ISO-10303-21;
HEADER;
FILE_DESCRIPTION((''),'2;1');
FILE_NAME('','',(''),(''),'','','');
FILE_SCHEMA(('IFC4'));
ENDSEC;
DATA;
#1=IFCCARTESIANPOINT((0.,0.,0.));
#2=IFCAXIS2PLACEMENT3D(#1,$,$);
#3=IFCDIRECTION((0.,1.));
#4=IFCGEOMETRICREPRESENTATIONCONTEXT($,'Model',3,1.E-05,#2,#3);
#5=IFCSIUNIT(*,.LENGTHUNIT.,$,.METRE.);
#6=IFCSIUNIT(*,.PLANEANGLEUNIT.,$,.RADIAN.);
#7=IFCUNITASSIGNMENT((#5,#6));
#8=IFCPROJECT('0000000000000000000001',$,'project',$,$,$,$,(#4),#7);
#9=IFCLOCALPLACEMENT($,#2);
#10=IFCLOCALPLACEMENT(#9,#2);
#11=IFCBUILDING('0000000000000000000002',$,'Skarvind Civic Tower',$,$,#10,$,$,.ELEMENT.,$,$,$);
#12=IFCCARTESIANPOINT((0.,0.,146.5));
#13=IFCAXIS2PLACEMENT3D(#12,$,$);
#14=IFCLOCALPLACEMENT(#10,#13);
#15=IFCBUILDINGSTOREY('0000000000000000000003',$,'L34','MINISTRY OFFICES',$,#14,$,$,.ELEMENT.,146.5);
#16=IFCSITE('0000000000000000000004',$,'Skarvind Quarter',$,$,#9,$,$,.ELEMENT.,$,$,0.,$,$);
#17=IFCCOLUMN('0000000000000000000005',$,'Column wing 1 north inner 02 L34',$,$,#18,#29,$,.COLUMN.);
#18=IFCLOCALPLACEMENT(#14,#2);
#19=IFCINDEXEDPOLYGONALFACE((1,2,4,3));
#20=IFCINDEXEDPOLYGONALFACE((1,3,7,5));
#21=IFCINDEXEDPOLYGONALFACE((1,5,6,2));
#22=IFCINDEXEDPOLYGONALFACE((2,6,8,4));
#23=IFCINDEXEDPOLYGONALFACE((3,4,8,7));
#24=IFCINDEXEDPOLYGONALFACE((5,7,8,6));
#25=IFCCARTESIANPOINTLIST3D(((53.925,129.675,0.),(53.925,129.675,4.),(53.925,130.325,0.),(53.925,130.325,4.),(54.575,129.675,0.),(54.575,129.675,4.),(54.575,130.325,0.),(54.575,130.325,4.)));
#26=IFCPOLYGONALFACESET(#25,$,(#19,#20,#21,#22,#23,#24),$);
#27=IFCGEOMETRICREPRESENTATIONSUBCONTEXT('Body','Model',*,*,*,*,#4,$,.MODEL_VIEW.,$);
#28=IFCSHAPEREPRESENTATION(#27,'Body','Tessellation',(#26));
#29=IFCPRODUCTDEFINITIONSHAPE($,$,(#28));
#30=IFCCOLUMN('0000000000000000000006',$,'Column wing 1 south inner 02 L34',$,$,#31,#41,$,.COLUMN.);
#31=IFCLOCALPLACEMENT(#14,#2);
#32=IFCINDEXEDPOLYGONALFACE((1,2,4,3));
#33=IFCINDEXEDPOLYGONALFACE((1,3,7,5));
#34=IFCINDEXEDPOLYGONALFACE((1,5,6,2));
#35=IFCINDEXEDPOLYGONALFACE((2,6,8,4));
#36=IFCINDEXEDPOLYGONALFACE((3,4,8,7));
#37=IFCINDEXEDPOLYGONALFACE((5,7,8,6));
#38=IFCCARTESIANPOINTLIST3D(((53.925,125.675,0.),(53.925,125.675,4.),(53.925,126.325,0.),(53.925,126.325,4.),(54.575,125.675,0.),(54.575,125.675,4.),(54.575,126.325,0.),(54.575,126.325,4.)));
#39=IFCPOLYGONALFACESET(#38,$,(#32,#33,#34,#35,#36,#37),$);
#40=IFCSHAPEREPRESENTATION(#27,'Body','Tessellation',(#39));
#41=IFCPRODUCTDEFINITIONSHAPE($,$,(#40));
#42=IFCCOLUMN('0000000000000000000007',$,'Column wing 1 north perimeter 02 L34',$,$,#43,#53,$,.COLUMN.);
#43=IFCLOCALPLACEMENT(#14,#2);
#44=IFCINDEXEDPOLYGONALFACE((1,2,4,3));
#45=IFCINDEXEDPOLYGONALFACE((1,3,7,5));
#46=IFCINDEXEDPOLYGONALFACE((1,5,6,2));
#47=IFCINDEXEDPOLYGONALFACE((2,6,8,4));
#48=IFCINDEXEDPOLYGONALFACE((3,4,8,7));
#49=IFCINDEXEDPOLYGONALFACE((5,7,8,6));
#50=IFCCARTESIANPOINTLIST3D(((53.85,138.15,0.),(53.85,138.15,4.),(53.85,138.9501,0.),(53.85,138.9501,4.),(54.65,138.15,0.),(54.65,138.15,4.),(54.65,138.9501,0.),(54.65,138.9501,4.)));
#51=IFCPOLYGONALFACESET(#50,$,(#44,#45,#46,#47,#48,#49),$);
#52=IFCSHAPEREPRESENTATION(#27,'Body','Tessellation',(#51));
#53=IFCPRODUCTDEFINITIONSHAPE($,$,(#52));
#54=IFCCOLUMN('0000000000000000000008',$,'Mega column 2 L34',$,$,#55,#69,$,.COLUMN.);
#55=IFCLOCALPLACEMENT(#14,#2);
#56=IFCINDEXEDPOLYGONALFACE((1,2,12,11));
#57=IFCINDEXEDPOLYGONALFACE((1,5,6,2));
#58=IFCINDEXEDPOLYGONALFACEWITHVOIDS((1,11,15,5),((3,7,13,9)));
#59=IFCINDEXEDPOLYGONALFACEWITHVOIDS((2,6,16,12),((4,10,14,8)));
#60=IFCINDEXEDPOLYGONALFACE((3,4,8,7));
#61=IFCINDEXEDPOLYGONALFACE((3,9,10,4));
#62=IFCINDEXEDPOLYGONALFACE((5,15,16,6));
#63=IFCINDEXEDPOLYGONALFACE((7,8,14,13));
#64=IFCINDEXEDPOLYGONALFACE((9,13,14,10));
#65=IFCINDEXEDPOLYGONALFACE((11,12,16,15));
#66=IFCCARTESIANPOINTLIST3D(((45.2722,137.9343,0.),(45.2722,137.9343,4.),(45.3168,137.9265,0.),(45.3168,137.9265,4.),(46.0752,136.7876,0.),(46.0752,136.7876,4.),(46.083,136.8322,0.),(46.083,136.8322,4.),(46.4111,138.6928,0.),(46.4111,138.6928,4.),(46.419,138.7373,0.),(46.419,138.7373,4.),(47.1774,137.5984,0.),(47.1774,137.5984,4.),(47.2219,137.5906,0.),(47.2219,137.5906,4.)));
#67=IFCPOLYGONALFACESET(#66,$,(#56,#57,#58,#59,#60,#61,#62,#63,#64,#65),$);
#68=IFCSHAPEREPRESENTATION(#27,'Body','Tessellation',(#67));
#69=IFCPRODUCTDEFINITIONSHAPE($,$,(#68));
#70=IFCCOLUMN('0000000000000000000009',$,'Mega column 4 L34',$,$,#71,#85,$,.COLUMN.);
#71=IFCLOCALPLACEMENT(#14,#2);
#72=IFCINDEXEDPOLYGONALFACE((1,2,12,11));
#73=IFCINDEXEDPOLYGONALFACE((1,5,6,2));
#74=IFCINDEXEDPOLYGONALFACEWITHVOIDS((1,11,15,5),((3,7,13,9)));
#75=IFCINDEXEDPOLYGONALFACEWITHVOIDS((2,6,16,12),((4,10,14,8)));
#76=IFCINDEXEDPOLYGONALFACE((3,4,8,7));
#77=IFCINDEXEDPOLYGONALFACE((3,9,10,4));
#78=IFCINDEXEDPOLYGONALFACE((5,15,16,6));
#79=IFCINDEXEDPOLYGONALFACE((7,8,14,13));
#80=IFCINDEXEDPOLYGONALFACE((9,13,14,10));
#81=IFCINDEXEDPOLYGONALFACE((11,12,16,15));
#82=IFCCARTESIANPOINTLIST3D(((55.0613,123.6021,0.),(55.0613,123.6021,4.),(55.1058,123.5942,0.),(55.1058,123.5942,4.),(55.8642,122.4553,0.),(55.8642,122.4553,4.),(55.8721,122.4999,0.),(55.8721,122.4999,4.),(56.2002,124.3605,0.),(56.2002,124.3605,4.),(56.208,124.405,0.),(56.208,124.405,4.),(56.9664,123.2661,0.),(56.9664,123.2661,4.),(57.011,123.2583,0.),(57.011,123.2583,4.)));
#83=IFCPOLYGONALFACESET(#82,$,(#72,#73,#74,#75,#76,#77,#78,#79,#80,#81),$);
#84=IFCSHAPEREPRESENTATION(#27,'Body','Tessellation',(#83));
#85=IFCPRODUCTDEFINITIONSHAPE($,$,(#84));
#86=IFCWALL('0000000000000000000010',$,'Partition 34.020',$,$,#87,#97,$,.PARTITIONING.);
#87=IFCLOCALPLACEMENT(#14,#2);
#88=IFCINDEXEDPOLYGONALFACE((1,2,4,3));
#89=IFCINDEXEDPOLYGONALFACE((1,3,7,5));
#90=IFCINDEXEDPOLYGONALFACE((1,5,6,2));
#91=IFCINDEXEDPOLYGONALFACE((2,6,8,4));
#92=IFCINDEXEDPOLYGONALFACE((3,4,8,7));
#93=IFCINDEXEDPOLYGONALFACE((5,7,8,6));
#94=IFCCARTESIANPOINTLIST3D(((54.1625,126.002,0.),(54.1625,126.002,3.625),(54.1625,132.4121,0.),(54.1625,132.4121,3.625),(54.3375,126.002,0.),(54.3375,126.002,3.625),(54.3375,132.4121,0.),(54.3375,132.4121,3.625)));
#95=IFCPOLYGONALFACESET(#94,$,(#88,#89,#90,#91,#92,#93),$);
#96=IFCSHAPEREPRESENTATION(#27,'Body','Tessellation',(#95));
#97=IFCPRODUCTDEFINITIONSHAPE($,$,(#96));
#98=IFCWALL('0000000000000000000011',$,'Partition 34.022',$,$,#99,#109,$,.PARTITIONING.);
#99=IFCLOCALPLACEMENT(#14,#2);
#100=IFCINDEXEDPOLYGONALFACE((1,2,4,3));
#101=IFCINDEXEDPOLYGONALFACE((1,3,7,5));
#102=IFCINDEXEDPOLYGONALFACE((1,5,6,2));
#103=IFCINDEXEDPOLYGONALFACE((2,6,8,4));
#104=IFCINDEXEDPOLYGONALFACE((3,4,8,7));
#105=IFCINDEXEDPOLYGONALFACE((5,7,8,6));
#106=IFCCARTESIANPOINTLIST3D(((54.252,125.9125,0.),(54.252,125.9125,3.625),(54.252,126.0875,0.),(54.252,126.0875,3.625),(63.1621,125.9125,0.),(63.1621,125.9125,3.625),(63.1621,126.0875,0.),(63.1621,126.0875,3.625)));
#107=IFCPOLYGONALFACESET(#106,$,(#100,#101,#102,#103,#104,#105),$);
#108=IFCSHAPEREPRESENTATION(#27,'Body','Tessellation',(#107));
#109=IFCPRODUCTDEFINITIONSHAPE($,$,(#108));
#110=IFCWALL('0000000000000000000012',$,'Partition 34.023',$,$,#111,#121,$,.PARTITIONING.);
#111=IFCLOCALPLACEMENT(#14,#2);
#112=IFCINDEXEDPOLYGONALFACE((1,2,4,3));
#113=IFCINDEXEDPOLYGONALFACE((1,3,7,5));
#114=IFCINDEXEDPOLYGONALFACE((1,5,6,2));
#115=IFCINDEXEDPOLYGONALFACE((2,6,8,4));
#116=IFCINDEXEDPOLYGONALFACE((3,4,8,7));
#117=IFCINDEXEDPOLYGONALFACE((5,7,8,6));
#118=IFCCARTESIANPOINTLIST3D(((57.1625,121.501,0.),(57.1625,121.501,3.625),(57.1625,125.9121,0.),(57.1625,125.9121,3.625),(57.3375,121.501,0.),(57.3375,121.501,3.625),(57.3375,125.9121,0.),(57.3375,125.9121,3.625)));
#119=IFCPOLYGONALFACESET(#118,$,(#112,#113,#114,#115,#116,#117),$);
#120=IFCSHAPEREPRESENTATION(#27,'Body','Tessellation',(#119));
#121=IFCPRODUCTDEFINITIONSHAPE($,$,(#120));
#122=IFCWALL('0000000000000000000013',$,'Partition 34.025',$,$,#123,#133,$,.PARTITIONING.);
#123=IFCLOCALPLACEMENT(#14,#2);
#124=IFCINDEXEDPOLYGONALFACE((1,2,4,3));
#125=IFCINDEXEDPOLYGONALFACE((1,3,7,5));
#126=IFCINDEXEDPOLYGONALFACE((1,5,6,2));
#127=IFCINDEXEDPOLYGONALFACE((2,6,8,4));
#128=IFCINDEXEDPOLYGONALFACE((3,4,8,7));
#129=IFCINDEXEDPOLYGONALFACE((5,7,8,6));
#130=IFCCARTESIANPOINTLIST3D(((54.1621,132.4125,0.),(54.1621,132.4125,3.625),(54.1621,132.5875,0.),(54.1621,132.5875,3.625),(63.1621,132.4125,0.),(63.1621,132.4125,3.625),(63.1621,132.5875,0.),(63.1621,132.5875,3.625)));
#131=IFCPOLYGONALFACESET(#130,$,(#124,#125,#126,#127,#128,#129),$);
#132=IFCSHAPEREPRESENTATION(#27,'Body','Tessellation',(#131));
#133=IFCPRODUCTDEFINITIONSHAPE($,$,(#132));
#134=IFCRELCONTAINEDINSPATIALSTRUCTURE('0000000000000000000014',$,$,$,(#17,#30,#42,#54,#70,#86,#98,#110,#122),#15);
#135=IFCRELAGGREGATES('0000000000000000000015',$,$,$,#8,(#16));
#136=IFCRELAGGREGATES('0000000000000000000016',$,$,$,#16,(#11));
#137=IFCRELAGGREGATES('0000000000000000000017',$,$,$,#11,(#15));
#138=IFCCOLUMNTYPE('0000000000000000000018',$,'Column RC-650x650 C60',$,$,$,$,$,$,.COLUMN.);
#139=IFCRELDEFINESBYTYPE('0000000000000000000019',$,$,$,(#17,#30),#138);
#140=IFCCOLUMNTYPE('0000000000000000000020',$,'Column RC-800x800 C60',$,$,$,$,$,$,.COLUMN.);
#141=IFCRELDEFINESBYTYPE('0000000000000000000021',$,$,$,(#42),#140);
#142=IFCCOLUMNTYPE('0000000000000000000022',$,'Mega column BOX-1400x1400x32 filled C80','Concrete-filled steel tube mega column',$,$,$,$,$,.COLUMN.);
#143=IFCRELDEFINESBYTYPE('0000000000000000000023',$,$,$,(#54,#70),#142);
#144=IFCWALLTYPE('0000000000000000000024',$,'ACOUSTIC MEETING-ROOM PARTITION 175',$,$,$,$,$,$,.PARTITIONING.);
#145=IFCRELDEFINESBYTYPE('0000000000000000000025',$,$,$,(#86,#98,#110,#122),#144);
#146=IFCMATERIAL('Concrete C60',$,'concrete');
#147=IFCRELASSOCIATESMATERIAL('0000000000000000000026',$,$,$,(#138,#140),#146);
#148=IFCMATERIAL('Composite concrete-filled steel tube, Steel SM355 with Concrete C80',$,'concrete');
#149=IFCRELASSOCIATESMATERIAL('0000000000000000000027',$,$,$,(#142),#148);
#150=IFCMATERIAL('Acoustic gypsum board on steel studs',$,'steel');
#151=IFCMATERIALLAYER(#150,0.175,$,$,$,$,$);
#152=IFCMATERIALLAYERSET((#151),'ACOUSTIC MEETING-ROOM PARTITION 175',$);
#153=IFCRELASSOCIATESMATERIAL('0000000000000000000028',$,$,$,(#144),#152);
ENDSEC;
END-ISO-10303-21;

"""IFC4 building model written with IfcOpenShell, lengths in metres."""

from ifc_helpers import new_model, si_unit, direction, frame, frame_2d, origin, origin_2d, place, context, subcontext, project, spatial, rectangle, hollow_rectangle, extrude, material, layer, layer_set, material_profile, profile_set, type_object, element, save


model = new_model("IFC4")

# Units and contexts
model_context = context("Model", 3, precision=1e-05, world=origin(), true_north=direction((0.0, 1.0)))
body_context = subcontext(model_context, "Body", "Model", "MODEL_VIEW")
ifc_project = project(units=[si_unit("LENGTHUNIT", "METRE"), si_unit("PLANEANGLEUNIT", "RADIAN")], contexts=[model_context])

# Site, building, storey
site_placement = place(None, origin())
site = spatial("IfcSite", under=ifc_project, at=site_placement, Name="Skarvind Quarter", CompositionType="ELEMENT", RefElevation=0.0)
building_placement = place(site_placement, origin())
building = spatial("IfcBuilding", under=site, at=building_placement, Name="Skarvind Civic Tower", CompositionType="ELEMENT")
storey_placement = place(building_placement, frame((0.0, 0.0, 146.5)))
storey = spatial("IfcBuildingStorey", under=building, at=storey_placement, Name="L34", Description="MINISTRY OFFICES", CompositionType="ELEMENT", Elevation=146.5)

# Columns
ifc_material_1 = material(Name="Concrete C60", Category="concrete")
ifc_material_profile_1 = material_profile(ifc_material_1, rectangle(XDim=0.6499, YDim=0.6499, at=origin_2d()), Name="RC-650x650")
ifc_profile_set_1 = profile_set([ifc_material_profile_1], Name="Concrete C60")
column_type_1 = type_object("IfcColumnType", Name="Column RC-650x650 C60", PredefinedType="COLUMN", material=ifc_profile_set_1)
for number, where, z_axis, x_axis, name in (
    (1, (54.25, 130.0, 0.0), (0.0, 0.0, 1.0), (1.0, 0.0, 0.0), "Column wing 1 north inner 02 L34"),
    (2, (54.25, 126.0, 0.0), (0.0, 0.0, 1.0), (1.0, 0.0, 0.0), "Column wing 1 south inner 02 L34"),
):
    element("IfcColumn", number, at=place(storey_placement, frame(where, z_axis=z_axis, x_axis=x_axis)), inside=storey, type_object=column_type_1, Name=name, PredefinedType="COLUMN", context=body_context, shape_type="SweptSolid", body=[
        extrude(rectangle(XDim=0.6499, YDim=0.6499, at=origin_2d()), origin(), (0.0, 0.0, 1.0), 4.0),
    ])
ifc_material_profile_2 = material_profile(ifc_material_1, rectangle(XDim=0.8, YDim=0.8, at=origin_2d()), Name="RC-800x800")
ifc_profile_set_2 = profile_set([ifc_material_profile_2], Name="Concrete C60")
column_type_2 = type_object("IfcColumnType", Name="Column RC-800x800 C60", PredefinedType="COLUMN", material=ifc_profile_set_2)
column_placement = place(storey_placement, frame((54.25, 138.55, 0.0), z_axis=(0.0, 0.0, 1.0), x_axis=(1.0, 0.0, 0.0)))
element("IfcColumn", 3, at=column_placement, inside=storey, type_object=column_type_2, Name="Column wing 1 north perimeter 02 L34", PredefinedType="COLUMN", context=body_context, shape_type="SweptSolid", body=[
    extrude(rectangle(XDim=0.8, YDim=0.8, at=origin_2d()), origin(), (0.0, 0.0, 1.0), 4.0),
])
ifc_material_2 = material(Name="Composite concrete-filled steel tube, Steel SM355 with Concrete C80", Category="concrete")
ifc_material_profile_3 = material_profile(ifc_material_2, hollow_rectangle(XDim=1.3999, YDim=1.3999, WallThickness=0.032, at=origin_2d()), Name="BOX-1400x1400x32")
ifc_profile_set_3 = profile_set([ifc_material_profile_3], Name="Composite concrete-filled steel tube, Steel SM355 with Concrete C80")
column_type_3 = type_object("IfcColumnType", Name="Mega column BOX-1400x1400x32 filled C80", Description="Concrete-filled steel tube mega column", PredefinedType="COLUMN", material=ifc_profile_set_3)
for number, where, z_axis, x_axis, name in (
    (4, (46.2471, 137.7625, 0.0), (0.0, 0.0, 1.0), (0.573576, -0.819152, 0.0), "Mega column 2 L34"),
    (5, (56.0361, 123.4302, 0.0), (0.0, 0.0, 1.0), (0.573576, -0.819152, 0.0), "Mega column 4 L34"),
):
    element("IfcColumn", number, at=place(storey_placement, frame(where, z_axis=z_axis, x_axis=x_axis)), inside=storey, type_object=column_type_3, Name=name, PredefinedType="COLUMN", context=body_context, shape_type="SweptSolid", body=[
        extrude(hollow_rectangle(XDim=1.3999, YDim=1.3999, WallThickness=0.032, at=origin_2d()), origin(), (0.0, 0.0, 1.0), 4.0),
    ])

# Walls
ifc_material_3 = material(Name="Acoustic gypsum board on steel studs", Category="steel")
ifc_layer_1 = layer(ifc_material_3, 0.175)
ifc_layer_set_1 = layer_set([ifc_layer_1], Name="ACOUSTIC MEETING-ROOM PARTITION 175")
wall_type_1 = type_object("IfcWallType", Name="ACOUSTIC MEETING-ROOM PARTITION 175", PredefinedType="PARTITIONING", material=ifc_layer_set_1)
wall_1_placement = place(storey_placement, frame((54.25, 126.002, 0.0), z_axis=(0.0, 0.0, 1.0), x_axis=(0.0, 1.0, 0.0)))
element("IfcWall", 6, at=wall_1_placement, inside=storey, type_object=wall_type_1, Name="Partition 34.020", PredefinedType="PARTITIONING", context=body_context, shape_type="SweptSolid", body=[
    extrude(rectangle(XDim=6.4102, YDim=0.175, at=frame_2d((3.2051, 0.0))), origin(), (0.0, 0.0, 1.0), 3.625),
])
wall_2_placement = place(storey_placement, frame((54.252, 126.0, 0.0), z_axis=(0.0, 0.0, 1.0), x_axis=(1.0, 0.0, 0.0)))
element("IfcWall", 7, at=wall_2_placement, inside=storey, type_object=wall_type_1, Name="Partition 34.022", PredefinedType="PARTITIONING", context=body_context, shape_type="SweptSolid", body=[
    extrude(rectangle(XDim=8.9102, YDim=0.175, at=frame_2d((4.4551, 0.0))), origin(), (0.0, 0.0, 1.0), 3.625),
])
wall_3_placement = place(storey_placement, frame((57.25, 125.9121, 0.0), z_axis=(0.0, 0.0, 1.0), x_axis=(0.0, -1.0, 0.0)))
element("IfcWall", 8, at=wall_3_placement, inside=storey, type_object=wall_type_1, Name="Partition 34.023", PredefinedType="PARTITIONING", context=body_context, shape_type="SweptSolid", body=[
    extrude(rectangle(XDim=4.4111, YDim=0.175, at=frame_2d((2.2056, 0.0))), origin(), (0.0, 0.0, 1.0), 3.625),
])
wall_4_placement = place(storey_placement, frame((63.1621, 132.5, 0.0), z_axis=(0.0, 0.0, 1.0), x_axis=(-1.0, 0.0, 0.0)))
element("IfcWall", 9, at=wall_4_placement, inside=storey, type_object=wall_type_1, Name="Partition 34.025", PredefinedType="PARTITIONING", context=body_context, shape_type="SweptSolid", body=[
    extrude(rectangle(XDim=9.0, YDim=0.175, at=frame_2d((4.5, 0.0))), origin(), (0.0, 0.0, 1.0), 3.625),
])

save(model, "model.ifc")
